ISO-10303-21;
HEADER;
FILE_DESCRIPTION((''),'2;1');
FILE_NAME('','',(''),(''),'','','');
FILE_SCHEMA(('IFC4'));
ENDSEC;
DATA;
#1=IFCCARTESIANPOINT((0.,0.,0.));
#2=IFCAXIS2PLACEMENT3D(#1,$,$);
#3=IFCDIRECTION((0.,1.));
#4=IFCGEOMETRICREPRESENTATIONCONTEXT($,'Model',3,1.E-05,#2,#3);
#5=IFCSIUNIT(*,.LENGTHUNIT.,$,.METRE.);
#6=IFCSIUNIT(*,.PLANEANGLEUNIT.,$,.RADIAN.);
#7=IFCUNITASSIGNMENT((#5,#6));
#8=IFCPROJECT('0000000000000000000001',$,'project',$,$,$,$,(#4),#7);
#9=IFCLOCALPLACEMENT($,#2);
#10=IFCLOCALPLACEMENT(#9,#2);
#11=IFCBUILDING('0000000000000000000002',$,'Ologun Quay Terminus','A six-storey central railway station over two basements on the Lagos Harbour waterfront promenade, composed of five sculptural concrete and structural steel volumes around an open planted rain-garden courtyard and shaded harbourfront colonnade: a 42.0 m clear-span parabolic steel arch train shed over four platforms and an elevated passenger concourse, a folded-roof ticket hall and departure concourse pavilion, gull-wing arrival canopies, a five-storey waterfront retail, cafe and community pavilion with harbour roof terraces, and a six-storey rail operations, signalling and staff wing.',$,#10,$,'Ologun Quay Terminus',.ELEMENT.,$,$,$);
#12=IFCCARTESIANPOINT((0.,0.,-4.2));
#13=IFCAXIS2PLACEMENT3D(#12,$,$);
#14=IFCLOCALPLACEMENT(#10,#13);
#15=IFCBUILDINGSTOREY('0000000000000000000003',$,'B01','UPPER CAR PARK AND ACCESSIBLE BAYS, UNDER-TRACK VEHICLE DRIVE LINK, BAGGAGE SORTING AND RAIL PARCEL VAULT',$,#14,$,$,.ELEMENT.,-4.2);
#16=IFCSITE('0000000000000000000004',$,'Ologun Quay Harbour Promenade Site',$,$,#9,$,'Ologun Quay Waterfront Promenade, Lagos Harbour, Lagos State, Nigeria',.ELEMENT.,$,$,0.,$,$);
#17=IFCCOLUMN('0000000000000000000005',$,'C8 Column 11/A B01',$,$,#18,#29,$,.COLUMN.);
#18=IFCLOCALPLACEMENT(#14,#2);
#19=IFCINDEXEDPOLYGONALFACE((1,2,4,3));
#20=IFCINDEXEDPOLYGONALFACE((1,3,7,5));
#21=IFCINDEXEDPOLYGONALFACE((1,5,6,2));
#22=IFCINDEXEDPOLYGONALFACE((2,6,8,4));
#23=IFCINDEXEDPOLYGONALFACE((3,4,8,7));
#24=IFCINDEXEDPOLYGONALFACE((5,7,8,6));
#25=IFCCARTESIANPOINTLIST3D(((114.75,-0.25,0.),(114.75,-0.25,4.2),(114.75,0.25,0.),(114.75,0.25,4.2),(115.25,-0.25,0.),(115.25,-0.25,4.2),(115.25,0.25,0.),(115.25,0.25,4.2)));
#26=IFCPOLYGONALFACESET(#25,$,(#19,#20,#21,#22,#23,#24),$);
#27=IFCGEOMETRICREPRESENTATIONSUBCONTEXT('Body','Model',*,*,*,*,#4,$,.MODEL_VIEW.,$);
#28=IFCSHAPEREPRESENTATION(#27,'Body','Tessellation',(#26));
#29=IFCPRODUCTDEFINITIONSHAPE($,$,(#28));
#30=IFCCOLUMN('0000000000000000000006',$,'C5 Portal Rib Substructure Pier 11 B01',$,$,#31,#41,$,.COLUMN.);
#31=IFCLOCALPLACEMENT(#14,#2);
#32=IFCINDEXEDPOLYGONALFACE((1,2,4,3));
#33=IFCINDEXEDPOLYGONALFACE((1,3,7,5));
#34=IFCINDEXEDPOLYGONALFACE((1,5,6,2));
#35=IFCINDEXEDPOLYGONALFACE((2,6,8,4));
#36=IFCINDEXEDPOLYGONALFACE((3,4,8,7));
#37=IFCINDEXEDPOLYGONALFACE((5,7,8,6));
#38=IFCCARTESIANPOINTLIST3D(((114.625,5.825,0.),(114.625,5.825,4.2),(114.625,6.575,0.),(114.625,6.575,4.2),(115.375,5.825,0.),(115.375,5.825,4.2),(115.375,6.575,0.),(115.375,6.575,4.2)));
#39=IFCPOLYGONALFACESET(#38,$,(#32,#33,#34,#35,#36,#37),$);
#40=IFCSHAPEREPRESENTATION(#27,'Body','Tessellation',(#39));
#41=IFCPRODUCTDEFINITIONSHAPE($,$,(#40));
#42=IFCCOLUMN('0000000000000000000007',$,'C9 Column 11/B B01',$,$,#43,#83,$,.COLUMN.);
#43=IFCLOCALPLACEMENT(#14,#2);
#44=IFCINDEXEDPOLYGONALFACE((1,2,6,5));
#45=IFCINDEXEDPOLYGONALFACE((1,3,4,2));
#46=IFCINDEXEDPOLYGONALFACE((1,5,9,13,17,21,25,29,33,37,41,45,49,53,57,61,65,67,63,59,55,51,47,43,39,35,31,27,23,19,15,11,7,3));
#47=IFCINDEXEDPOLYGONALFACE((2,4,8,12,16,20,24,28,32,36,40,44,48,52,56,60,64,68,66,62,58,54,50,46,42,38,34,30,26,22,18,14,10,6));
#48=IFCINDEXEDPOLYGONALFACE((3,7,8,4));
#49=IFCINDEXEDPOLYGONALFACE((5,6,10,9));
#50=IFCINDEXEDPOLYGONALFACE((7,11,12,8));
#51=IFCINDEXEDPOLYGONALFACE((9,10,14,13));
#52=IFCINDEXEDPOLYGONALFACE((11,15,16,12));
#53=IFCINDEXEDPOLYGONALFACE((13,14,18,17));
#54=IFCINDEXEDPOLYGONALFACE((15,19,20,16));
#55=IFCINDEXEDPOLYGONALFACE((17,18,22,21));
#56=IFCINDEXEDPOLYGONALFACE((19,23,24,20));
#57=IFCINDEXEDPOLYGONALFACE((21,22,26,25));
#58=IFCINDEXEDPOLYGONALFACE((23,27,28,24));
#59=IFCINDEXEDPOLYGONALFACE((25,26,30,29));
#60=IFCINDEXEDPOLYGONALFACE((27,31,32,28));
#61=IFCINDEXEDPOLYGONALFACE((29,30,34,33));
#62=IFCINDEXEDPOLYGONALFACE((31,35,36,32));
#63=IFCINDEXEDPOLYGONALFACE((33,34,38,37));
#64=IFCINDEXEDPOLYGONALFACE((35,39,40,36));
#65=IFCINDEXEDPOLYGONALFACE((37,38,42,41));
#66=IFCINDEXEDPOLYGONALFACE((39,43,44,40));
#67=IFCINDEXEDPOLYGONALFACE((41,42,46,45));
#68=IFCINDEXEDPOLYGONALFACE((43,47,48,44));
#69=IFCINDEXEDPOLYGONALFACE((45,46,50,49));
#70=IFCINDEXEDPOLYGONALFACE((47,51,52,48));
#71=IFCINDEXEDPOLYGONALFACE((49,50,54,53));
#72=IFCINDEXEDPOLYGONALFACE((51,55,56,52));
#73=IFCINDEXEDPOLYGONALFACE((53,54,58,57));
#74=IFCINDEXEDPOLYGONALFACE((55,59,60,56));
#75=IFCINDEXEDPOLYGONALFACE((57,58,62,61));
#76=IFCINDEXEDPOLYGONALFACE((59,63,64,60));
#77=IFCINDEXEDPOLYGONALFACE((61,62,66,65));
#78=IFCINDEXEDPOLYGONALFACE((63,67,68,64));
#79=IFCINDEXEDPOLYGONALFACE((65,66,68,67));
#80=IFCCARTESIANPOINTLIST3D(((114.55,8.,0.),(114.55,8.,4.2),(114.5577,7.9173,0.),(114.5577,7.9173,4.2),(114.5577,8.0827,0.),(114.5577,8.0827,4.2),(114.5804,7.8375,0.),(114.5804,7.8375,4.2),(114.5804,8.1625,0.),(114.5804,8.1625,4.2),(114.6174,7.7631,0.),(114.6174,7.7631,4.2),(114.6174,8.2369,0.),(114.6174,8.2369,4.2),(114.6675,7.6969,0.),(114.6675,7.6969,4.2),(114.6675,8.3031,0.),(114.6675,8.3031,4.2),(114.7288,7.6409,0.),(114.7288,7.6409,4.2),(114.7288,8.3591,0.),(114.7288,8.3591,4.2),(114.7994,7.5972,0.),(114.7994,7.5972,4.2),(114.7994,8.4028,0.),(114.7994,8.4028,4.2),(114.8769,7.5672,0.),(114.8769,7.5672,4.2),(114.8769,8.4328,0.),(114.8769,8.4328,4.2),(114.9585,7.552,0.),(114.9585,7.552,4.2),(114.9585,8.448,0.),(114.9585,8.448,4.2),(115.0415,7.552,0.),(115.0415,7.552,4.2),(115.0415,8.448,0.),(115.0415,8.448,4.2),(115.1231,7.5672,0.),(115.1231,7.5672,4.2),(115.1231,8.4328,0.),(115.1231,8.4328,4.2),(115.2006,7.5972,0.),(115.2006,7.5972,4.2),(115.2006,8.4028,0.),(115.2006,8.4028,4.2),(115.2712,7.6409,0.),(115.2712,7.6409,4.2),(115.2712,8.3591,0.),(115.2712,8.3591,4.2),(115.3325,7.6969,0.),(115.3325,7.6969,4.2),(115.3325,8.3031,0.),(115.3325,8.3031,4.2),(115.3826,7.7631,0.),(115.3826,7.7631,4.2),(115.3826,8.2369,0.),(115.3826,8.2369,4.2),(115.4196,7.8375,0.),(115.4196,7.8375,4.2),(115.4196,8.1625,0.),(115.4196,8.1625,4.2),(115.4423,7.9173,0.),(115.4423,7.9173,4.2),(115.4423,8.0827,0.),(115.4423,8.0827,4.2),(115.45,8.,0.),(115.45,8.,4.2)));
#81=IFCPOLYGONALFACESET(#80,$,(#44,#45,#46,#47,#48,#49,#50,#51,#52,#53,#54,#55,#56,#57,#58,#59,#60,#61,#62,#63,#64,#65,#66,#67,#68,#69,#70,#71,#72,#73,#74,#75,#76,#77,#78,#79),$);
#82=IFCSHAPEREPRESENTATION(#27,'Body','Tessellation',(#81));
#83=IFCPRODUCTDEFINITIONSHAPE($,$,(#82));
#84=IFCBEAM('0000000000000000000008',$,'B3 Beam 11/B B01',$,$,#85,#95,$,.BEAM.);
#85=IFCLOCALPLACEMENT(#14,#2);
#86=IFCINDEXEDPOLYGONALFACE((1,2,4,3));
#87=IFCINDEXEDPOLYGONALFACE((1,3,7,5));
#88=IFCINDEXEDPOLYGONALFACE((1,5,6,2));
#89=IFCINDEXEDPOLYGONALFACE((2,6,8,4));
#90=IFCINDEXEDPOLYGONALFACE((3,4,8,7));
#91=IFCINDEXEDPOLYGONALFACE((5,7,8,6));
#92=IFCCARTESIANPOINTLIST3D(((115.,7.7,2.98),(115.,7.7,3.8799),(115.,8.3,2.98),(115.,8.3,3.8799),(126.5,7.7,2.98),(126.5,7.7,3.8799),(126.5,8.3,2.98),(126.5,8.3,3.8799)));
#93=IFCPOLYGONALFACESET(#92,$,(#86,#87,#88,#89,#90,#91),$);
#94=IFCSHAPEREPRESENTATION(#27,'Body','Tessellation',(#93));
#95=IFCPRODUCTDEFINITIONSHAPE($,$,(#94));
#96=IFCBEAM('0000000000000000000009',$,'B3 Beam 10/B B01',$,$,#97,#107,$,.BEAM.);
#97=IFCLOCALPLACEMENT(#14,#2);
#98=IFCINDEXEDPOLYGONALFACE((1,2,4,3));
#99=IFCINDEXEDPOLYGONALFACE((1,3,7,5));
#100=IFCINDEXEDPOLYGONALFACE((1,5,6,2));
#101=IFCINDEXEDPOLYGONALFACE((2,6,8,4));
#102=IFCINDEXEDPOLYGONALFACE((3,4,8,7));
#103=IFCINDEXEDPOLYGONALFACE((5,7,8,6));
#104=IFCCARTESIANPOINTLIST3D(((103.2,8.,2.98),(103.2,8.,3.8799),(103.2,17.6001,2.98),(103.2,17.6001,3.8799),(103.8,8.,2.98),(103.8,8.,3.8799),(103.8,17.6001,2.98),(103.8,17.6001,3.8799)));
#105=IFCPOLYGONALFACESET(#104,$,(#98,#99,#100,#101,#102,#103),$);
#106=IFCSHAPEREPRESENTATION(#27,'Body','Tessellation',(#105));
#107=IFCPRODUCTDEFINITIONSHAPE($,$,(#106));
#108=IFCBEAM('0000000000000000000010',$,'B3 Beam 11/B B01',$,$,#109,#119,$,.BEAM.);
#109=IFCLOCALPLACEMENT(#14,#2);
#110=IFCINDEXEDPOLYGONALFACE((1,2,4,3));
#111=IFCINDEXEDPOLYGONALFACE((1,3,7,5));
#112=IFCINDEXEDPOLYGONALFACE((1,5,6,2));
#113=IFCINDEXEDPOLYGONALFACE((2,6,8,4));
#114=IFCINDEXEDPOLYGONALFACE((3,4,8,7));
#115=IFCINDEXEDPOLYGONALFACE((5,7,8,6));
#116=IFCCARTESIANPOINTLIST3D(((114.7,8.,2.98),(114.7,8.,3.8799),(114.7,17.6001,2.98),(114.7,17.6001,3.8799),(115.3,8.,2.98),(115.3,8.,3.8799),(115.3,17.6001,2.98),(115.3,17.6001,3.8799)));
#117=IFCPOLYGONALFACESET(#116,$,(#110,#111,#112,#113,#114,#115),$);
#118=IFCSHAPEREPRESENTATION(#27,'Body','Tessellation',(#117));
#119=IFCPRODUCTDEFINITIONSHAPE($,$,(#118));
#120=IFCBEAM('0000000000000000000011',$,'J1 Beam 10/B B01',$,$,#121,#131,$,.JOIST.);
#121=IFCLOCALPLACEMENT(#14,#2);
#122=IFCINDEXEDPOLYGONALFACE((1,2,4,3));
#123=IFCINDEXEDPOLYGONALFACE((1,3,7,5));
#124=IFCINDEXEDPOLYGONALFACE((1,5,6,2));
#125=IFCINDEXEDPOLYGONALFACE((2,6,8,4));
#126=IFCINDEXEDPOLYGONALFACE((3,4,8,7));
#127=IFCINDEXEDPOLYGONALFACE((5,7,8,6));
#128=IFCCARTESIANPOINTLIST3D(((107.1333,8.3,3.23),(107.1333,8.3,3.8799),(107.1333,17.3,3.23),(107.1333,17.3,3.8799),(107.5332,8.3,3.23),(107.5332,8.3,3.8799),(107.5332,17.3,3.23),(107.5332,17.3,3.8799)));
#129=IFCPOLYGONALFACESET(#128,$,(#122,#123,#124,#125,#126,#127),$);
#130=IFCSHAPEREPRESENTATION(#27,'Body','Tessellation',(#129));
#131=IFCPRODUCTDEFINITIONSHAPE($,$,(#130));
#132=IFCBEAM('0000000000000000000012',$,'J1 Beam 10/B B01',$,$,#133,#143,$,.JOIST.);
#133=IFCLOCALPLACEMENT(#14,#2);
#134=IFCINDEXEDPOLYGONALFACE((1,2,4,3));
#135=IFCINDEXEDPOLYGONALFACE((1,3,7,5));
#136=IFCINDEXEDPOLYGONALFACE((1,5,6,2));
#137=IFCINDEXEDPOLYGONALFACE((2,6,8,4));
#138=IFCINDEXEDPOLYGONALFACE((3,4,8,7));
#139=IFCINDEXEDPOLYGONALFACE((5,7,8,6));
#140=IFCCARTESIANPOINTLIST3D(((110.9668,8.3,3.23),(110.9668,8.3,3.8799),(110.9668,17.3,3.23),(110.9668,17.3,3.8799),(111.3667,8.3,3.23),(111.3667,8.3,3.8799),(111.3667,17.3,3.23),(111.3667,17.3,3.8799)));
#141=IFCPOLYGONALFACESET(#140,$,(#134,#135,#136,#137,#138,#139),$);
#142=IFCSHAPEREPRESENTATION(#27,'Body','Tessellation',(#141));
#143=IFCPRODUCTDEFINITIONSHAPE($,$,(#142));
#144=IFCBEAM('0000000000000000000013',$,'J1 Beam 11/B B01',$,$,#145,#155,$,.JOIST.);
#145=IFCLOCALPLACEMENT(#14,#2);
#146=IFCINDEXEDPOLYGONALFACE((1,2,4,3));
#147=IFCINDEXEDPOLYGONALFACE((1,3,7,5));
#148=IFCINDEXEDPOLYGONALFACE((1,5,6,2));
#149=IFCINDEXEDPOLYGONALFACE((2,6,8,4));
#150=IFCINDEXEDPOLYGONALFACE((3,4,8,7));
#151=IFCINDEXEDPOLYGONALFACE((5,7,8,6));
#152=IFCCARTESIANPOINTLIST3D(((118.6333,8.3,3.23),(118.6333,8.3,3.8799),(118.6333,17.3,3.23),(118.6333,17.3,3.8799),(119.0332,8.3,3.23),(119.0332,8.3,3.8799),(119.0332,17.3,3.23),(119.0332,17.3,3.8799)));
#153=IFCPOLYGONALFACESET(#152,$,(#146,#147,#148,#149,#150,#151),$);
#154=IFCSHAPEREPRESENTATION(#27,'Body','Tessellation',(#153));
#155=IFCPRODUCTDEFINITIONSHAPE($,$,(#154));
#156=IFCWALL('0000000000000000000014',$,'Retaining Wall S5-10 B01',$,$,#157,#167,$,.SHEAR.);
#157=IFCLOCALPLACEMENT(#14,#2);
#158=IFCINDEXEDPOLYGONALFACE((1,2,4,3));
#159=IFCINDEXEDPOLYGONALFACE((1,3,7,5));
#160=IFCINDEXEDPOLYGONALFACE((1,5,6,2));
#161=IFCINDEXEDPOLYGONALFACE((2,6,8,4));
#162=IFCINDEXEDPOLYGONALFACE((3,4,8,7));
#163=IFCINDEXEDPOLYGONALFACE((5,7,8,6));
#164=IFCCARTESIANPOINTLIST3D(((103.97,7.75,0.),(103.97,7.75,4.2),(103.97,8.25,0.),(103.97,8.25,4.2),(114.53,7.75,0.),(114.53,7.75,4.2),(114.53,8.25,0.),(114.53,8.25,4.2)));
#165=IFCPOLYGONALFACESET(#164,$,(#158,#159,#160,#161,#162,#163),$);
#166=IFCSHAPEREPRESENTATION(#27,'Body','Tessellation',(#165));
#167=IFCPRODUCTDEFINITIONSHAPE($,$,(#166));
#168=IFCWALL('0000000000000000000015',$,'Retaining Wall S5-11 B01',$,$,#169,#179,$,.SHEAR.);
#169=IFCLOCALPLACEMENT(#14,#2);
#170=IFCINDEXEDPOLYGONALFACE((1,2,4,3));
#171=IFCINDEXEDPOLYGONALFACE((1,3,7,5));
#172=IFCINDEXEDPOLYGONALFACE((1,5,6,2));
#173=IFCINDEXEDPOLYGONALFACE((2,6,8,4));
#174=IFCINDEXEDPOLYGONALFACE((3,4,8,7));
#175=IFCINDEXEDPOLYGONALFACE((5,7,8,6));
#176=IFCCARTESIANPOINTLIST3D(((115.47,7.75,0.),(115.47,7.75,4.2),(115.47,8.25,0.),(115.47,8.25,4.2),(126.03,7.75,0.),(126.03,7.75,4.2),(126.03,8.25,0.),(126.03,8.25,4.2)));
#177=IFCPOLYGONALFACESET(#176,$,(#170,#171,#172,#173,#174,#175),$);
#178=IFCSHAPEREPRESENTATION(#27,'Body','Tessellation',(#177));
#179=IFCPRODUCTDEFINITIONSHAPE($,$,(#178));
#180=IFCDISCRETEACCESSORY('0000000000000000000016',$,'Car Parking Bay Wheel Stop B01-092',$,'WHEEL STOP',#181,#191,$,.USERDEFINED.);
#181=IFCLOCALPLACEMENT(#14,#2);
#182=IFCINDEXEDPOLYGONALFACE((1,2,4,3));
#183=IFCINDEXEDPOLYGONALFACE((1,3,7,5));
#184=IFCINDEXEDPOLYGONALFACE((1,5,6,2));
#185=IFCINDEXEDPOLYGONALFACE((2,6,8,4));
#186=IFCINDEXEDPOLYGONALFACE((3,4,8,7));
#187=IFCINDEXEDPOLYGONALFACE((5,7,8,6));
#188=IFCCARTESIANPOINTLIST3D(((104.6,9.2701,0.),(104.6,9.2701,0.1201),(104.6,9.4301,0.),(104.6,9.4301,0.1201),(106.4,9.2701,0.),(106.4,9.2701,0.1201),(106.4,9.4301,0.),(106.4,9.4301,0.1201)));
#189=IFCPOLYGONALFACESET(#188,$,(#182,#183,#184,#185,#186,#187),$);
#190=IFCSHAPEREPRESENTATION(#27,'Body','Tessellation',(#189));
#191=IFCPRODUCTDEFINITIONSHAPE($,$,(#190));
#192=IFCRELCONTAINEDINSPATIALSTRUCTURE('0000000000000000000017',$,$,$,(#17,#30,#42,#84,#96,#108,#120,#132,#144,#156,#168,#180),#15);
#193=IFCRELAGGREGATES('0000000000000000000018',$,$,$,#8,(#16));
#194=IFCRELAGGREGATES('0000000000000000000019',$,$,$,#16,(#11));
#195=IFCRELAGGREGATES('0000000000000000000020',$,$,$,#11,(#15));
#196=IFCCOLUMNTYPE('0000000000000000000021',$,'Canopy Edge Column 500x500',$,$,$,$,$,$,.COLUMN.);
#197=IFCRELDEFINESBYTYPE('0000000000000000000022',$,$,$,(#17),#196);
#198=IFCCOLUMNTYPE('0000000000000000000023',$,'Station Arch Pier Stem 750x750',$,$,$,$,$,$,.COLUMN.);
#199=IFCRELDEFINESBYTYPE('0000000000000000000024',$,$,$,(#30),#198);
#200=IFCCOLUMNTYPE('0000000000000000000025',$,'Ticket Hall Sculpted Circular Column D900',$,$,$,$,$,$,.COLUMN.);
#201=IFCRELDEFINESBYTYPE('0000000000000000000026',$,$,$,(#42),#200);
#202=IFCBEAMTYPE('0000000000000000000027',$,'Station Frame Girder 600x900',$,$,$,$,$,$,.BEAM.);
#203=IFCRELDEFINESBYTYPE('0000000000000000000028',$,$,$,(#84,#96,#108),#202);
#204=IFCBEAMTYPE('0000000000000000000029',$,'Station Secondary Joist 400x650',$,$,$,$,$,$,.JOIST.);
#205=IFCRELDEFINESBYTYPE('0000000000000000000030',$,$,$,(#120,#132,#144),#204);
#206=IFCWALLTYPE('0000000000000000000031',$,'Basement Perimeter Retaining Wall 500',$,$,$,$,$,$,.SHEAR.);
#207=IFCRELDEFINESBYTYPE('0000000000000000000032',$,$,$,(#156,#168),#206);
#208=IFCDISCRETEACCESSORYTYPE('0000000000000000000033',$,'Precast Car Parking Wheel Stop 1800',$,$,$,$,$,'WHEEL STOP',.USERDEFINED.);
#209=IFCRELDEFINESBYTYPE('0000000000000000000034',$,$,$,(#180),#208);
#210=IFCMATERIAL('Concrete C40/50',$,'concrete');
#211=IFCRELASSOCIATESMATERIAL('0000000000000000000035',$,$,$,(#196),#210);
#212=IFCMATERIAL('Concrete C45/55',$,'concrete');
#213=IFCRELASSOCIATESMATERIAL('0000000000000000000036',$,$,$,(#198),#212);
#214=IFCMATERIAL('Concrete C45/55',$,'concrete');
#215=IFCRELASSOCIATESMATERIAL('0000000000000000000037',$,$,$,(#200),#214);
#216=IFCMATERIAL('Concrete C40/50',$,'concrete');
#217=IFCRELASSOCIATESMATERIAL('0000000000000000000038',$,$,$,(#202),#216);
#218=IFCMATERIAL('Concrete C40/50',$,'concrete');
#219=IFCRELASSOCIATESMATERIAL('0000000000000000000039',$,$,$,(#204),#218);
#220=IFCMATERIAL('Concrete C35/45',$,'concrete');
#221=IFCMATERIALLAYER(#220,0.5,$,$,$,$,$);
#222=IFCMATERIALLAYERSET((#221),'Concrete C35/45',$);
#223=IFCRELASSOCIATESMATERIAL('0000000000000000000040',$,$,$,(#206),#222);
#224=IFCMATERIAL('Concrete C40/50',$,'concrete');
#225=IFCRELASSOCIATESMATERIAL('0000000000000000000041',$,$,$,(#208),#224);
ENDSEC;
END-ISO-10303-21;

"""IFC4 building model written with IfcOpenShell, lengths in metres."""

from ifc_helpers import new_model, si_unit, direction, frame, frame_2d, origin, origin_2d, place, context, subcontext, project, spatial, rectangle, circle, extrude, material, layer, layer_set, material_profile, profile_set, type_object, element, save


model = new_model("IFC4")

# Units and contexts
model_context = context("Model", 3, precision=1e-05, world=origin(), true_north=direction((0.0, 1.0)))
body_context = subcontext(model_context, "Body", "Model", "MODEL_VIEW")
ifc_project = project(units=[si_unit("LENGTHUNIT", "METRE"), si_unit("PLANEANGLEUNIT", "RADIAN")], contexts=[model_context])

# Site, building, storey
site_placement = place(None, origin())
site = spatial("IfcSite", under=ifc_project, at=site_placement, Name="Ologun Quay Harbour Promenade Site", LongName="Ologun Quay Waterfront Promenade, Lagos Harbour, Lagos State, Nigeria", CompositionType="ELEMENT", RefElevation=0.0)
building_placement = place(site_placement, origin())
building = spatial("IfcBuilding", under=site, at=building_placement, Name="Ologun Quay Terminus", Description="A six-storey central railway station over two basements on the Lagos Harbour waterfront promenade, composed of five sculptural concrete and structural steel volumes around an open planted rain-garden courtyard and shaded harbourfront colonnade: a 42.0 m clear-span parabolic steel arch train shed over four platforms and an elevated passenger concourse, a folded-roof ticket hall and departure concourse pavilion, gull-wing arrival canopies, a five-storey waterfront retail, cafe and community pavilion with harbour roof terraces, and a six-storey rail operations, signalling and staff wing.", LongName="Ologun Quay Terminus", CompositionType="ELEMENT")
storey_placement = place(building_placement, frame((0.0, 0.0, -4.2)))
storey = spatial("IfcBuildingStorey", under=building, at=storey_placement, Name="B01", Description="UPPER CAR PARK AND ACCESSIBLE BAYS, UNDER-TRACK VEHICLE DRIVE LINK, BAGGAGE SORTING AND RAIL PARCEL VAULT", CompositionType="ELEMENT", Elevation=-4.2)

# Columns
ifc_material_1 = material(Name="Concrete C40/50", Category="concrete")
ifc_material_profile_1 = material_profile(ifc_material_1, rectangle(XDim=0.5, YDim=0.5, at=origin_2d()), Name="RC 500x500")
ifc_profile_set_1 = profile_set([ifc_material_profile_1], Name="Concrete C40/50")
column_type_1 = type_object("IfcColumnType", Name="Canopy Edge Column 500x500", PredefinedType="COLUMN", material=ifc_profile_set_1)
column_1_placement = place(storey_placement, frame((115.0, 0.0, 0.0), z_axis=(0.0, 0.0, 1.0), x_axis=(1.0, 0.0, 0.0)))
element("IfcColumn", 1, at=column_1_placement, inside=storey, type_object=column_type_1, Name="C8 Column 11/A B01", PredefinedType="COLUMN", context=body_context, shape_type="SweptSolid", body=[
    extrude(rectangle(XDim=0.5, YDim=0.5, at=origin_2d()), origin(), (0.0, 0.0, 1.0), 4.2),
])
ifc_material_2 = material(Name="Concrete C45/55", Category="concrete")
ifc_material_profile_2 = material_profile(ifc_material_2, rectangle(XDim=0.75, YDim=0.75, at=origin_2d()), Name="RC 750x750")
ifc_profile_set_2 = profile_set([ifc_material_profile_2], Name="Concrete C45/55")
column_type_2 = type_object("IfcColumnType", Name="Station Arch Pier Stem 750x750", PredefinedType="COLUMN", material=ifc_profile_set_2)
column_2_placement = place(storey_placement, frame((115.0, 6.2, 0.0), z_axis=(0.0, 0.0, 1.0), x_axis=(1.0, 0.0, 0.0)))
element("IfcColumn", 2, at=column_2_placement, inside=storey, type_object=column_type_2, Name="C5 Portal Rib Substructure Pier 11 B01", PredefinedType="COLUMN", context=body_context, shape_type="SweptSolid", body=[
    extrude(rectangle(XDim=0.75, YDim=0.75, at=origin_2d()), origin(), (0.0, 0.0, 1.0), 4.2),
])
ifc_material_3 = material(Name="Concrete C45/55", Category="concrete")
ifc_material_profile_3 = material_profile(ifc_material_3, circle(Radius=0.45, at=origin_2d()), Name="RC D900")
ifc_profile_set_3 = profile_set([ifc_material_profile_3], Name="Concrete C45/55")
column_type_3 = type_object("IfcColumnType", Name="Ticket Hall Sculpted Circular Column D900", PredefinedType="COLUMN", material=ifc_profile_set_3)
column_3_placement = place(storey_placement, frame((115.0, 8.0, 0.0), z_axis=(0.0, 0.0, 1.0), x_axis=(1.0, 0.0, 0.0)))
element("IfcColumn", 3, at=column_3_placement, inside=storey, type_object=column_type_3, Name="C9 Column 11/B B01", PredefinedType="COLUMN", context=body_context, shape_type="SweptSolid", body=[
    extrude(circle(Radius=0.45, at=origin_2d()), origin(), (0.0, 0.0, 1.0), 4.2),
])

# Beams
ifc_material_4 = material(Name="Concrete C40/50", Category="concrete")
ifc_material_profile_4 = material_profile(ifc_material_4, rectangle(XDim=0.6001, YDim=0.8999, at=origin_2d()), Name="RC 600x900")
ifc_profile_set_4 = profile_set([ifc_material_profile_4], Name="Concrete C40/50")
beam_type_1 = type_object("IfcBeamType", Name="Station Frame Girder 600x900", PredefinedType="BEAM", material=ifc_profile_set_4)
beam_placement = place(storey_placement, frame((115.0, 8.0, 3.4299), z_axis=(1.0, 0.0, 0.0), x_axis=(0.0, 1.0, 0.0)))
element("IfcBeam", 4, at=beam_placement, inside=storey, type_object=beam_type_1, Name="B3 Beam 11/B B01", PredefinedType="BEAM", context=body_context, shape_type="SweptSolid", body=[
    extrude(rectangle(XDim=0.6001, YDim=0.8999, at=origin_2d()), origin(), (0.0, 0.0, 1.0), 11.5),
])
for number, where, z_axis, x_axis, name in (
    (5, (103.5, 8.0, 3.4299), (0.0, 1.0, 0.0), (-1.0, 0.0, 0.0), "B3 Beam 10/B B01"),
    (6, (115.0, 8.0, 3.4299), (0.0, 1.0, 0.0), (-1.0, 0.0, 0.0), "B3 Beam 11/B B01"),
):
    element("IfcBeam", number, at=place(storey_placement, frame(where, z_axis=z_axis, x_axis=x_axis)), inside=storey, type_object=beam_type_1, Name=name, PredefinedType="BEAM", context=body_context, shape_type="SweptSolid", body=[
        extrude(rectangle(XDim=0.6001, YDim=0.8999, at=origin_2d()), origin(), (0.0, 0.0, 1.0), 9.6001),
    ])
ifc_material_5 = material(Name="Concrete C40/50", Category="concrete")
ifc_material_profile_5 = material_profile(ifc_material_5, rectangle(XDim=0.3999, YDim=0.6499, at=origin_2d()), Name="RC 400x650")
ifc_profile_set_5 = profile_set([ifc_material_profile_5], Name="Concrete C40/50")
beam_type_2 = type_object("IfcBeamType", Name="Station Secondary Joist 400x650", PredefinedType="JOIST", material=ifc_profile_set_5)
for number, where, z_axis, x_axis, name in (
    (7, (107.3333, 8.3, 3.5549), (0.0, 1.0, 0.0), (-1.0, 0.0, 0.0), "J1 Beam 10/B B01"),
    (8, (111.1667, 8.3, 3.5549), (0.0, 1.0, 0.0), (-1.0, 0.0, 0.0), "J1 Beam 10/B B01"),
    (9, (118.8333, 8.3, 3.5549), (0.0, 1.0, 0.0), (-1.0, 0.0, 0.0), "J1 Beam 11/B B01"),
):
    element("IfcBeam", number, at=place(storey_placement, frame(where, z_axis=z_axis, x_axis=x_axis)), inside=storey, type_object=beam_type_2, Name=name, PredefinedType="JOIST", context=body_context, shape_type="SweptSolid", body=[
        extrude(rectangle(XDim=0.3999, YDim=0.6499, at=origin_2d()), origin(), (0.0, 0.0, 1.0), 9.0),
    ])

# Walls
ifc_material_6 = material(Name="Concrete C35/45", Category="concrete")
ifc_layer = layer(ifc_material_6, 0.5)
ifc_layer_set = layer_set([ifc_layer], Name="Concrete C35/45")
wall_type = type_object("IfcWallType", Name="Basement Perimeter Retaining Wall 500", PredefinedType="SHEAR", material=ifc_layer_set)
for number, where, z_axis, x_axis, name in (
    (10, (103.97, 8.0, 0.0), (0.0, 0.0, 1.0), (1.0, 0.0, 0.0), "Retaining Wall S5-10 B01"),
    (11, (115.47, 8.0, 0.0), (0.0, 0.0, 1.0), (1.0, 0.0, 0.0), "Retaining Wall S5-11 B01"),
):
    element("IfcWall", number, at=place(storey_placement, frame(where, z_axis=z_axis, x_axis=x_axis)), inside=storey, type_object=wall_type, Name=name, PredefinedType="SHEAR", context=body_context, shape_type="SweptSolid", body=[
        extrude(rectangle(XDim=10.5601, YDim=0.5, at=frame_2d((5.28, 0.0))), origin(), (0.0, 0.0, 1.0), 4.2),
    ])

# Discrete accessory
ifc_material_7 = material(Name="Concrete C40/50", Category="concrete")
discrete_accessory_type = type_object("IfcDiscreteAccessoryType", Name="Precast Car Parking Wheel Stop 1800", ElementType="WHEEL STOP", PredefinedType="USERDEFINED", material=ifc_material_7)
for number, where, z_axis, x_axis, name in (
    (12, (105.5, 9.3501, 0.0), (0.0, 0.0, 1.0), (1.0, 0.0, 0.0), "Car Parking Bay Wheel Stop B01-092"),
):
    element("IfcDiscreteAccessory", number, at=place(storey_placement, frame(where, z_axis=z_axis, x_axis=x_axis)), inside=storey, type_object=discrete_accessory_type, Name=name, ObjectType="WHEEL STOP", PredefinedType="USERDEFINED", context=body_context, shape_type="SweptSolid", body=[
        extrude(rectangle(XDim=1.8, YDim=0.1599, at=origin_2d()), origin(), (0.0, 0.0, 1.0), 0.1201),
    ])

save(model, "model.ifc")
